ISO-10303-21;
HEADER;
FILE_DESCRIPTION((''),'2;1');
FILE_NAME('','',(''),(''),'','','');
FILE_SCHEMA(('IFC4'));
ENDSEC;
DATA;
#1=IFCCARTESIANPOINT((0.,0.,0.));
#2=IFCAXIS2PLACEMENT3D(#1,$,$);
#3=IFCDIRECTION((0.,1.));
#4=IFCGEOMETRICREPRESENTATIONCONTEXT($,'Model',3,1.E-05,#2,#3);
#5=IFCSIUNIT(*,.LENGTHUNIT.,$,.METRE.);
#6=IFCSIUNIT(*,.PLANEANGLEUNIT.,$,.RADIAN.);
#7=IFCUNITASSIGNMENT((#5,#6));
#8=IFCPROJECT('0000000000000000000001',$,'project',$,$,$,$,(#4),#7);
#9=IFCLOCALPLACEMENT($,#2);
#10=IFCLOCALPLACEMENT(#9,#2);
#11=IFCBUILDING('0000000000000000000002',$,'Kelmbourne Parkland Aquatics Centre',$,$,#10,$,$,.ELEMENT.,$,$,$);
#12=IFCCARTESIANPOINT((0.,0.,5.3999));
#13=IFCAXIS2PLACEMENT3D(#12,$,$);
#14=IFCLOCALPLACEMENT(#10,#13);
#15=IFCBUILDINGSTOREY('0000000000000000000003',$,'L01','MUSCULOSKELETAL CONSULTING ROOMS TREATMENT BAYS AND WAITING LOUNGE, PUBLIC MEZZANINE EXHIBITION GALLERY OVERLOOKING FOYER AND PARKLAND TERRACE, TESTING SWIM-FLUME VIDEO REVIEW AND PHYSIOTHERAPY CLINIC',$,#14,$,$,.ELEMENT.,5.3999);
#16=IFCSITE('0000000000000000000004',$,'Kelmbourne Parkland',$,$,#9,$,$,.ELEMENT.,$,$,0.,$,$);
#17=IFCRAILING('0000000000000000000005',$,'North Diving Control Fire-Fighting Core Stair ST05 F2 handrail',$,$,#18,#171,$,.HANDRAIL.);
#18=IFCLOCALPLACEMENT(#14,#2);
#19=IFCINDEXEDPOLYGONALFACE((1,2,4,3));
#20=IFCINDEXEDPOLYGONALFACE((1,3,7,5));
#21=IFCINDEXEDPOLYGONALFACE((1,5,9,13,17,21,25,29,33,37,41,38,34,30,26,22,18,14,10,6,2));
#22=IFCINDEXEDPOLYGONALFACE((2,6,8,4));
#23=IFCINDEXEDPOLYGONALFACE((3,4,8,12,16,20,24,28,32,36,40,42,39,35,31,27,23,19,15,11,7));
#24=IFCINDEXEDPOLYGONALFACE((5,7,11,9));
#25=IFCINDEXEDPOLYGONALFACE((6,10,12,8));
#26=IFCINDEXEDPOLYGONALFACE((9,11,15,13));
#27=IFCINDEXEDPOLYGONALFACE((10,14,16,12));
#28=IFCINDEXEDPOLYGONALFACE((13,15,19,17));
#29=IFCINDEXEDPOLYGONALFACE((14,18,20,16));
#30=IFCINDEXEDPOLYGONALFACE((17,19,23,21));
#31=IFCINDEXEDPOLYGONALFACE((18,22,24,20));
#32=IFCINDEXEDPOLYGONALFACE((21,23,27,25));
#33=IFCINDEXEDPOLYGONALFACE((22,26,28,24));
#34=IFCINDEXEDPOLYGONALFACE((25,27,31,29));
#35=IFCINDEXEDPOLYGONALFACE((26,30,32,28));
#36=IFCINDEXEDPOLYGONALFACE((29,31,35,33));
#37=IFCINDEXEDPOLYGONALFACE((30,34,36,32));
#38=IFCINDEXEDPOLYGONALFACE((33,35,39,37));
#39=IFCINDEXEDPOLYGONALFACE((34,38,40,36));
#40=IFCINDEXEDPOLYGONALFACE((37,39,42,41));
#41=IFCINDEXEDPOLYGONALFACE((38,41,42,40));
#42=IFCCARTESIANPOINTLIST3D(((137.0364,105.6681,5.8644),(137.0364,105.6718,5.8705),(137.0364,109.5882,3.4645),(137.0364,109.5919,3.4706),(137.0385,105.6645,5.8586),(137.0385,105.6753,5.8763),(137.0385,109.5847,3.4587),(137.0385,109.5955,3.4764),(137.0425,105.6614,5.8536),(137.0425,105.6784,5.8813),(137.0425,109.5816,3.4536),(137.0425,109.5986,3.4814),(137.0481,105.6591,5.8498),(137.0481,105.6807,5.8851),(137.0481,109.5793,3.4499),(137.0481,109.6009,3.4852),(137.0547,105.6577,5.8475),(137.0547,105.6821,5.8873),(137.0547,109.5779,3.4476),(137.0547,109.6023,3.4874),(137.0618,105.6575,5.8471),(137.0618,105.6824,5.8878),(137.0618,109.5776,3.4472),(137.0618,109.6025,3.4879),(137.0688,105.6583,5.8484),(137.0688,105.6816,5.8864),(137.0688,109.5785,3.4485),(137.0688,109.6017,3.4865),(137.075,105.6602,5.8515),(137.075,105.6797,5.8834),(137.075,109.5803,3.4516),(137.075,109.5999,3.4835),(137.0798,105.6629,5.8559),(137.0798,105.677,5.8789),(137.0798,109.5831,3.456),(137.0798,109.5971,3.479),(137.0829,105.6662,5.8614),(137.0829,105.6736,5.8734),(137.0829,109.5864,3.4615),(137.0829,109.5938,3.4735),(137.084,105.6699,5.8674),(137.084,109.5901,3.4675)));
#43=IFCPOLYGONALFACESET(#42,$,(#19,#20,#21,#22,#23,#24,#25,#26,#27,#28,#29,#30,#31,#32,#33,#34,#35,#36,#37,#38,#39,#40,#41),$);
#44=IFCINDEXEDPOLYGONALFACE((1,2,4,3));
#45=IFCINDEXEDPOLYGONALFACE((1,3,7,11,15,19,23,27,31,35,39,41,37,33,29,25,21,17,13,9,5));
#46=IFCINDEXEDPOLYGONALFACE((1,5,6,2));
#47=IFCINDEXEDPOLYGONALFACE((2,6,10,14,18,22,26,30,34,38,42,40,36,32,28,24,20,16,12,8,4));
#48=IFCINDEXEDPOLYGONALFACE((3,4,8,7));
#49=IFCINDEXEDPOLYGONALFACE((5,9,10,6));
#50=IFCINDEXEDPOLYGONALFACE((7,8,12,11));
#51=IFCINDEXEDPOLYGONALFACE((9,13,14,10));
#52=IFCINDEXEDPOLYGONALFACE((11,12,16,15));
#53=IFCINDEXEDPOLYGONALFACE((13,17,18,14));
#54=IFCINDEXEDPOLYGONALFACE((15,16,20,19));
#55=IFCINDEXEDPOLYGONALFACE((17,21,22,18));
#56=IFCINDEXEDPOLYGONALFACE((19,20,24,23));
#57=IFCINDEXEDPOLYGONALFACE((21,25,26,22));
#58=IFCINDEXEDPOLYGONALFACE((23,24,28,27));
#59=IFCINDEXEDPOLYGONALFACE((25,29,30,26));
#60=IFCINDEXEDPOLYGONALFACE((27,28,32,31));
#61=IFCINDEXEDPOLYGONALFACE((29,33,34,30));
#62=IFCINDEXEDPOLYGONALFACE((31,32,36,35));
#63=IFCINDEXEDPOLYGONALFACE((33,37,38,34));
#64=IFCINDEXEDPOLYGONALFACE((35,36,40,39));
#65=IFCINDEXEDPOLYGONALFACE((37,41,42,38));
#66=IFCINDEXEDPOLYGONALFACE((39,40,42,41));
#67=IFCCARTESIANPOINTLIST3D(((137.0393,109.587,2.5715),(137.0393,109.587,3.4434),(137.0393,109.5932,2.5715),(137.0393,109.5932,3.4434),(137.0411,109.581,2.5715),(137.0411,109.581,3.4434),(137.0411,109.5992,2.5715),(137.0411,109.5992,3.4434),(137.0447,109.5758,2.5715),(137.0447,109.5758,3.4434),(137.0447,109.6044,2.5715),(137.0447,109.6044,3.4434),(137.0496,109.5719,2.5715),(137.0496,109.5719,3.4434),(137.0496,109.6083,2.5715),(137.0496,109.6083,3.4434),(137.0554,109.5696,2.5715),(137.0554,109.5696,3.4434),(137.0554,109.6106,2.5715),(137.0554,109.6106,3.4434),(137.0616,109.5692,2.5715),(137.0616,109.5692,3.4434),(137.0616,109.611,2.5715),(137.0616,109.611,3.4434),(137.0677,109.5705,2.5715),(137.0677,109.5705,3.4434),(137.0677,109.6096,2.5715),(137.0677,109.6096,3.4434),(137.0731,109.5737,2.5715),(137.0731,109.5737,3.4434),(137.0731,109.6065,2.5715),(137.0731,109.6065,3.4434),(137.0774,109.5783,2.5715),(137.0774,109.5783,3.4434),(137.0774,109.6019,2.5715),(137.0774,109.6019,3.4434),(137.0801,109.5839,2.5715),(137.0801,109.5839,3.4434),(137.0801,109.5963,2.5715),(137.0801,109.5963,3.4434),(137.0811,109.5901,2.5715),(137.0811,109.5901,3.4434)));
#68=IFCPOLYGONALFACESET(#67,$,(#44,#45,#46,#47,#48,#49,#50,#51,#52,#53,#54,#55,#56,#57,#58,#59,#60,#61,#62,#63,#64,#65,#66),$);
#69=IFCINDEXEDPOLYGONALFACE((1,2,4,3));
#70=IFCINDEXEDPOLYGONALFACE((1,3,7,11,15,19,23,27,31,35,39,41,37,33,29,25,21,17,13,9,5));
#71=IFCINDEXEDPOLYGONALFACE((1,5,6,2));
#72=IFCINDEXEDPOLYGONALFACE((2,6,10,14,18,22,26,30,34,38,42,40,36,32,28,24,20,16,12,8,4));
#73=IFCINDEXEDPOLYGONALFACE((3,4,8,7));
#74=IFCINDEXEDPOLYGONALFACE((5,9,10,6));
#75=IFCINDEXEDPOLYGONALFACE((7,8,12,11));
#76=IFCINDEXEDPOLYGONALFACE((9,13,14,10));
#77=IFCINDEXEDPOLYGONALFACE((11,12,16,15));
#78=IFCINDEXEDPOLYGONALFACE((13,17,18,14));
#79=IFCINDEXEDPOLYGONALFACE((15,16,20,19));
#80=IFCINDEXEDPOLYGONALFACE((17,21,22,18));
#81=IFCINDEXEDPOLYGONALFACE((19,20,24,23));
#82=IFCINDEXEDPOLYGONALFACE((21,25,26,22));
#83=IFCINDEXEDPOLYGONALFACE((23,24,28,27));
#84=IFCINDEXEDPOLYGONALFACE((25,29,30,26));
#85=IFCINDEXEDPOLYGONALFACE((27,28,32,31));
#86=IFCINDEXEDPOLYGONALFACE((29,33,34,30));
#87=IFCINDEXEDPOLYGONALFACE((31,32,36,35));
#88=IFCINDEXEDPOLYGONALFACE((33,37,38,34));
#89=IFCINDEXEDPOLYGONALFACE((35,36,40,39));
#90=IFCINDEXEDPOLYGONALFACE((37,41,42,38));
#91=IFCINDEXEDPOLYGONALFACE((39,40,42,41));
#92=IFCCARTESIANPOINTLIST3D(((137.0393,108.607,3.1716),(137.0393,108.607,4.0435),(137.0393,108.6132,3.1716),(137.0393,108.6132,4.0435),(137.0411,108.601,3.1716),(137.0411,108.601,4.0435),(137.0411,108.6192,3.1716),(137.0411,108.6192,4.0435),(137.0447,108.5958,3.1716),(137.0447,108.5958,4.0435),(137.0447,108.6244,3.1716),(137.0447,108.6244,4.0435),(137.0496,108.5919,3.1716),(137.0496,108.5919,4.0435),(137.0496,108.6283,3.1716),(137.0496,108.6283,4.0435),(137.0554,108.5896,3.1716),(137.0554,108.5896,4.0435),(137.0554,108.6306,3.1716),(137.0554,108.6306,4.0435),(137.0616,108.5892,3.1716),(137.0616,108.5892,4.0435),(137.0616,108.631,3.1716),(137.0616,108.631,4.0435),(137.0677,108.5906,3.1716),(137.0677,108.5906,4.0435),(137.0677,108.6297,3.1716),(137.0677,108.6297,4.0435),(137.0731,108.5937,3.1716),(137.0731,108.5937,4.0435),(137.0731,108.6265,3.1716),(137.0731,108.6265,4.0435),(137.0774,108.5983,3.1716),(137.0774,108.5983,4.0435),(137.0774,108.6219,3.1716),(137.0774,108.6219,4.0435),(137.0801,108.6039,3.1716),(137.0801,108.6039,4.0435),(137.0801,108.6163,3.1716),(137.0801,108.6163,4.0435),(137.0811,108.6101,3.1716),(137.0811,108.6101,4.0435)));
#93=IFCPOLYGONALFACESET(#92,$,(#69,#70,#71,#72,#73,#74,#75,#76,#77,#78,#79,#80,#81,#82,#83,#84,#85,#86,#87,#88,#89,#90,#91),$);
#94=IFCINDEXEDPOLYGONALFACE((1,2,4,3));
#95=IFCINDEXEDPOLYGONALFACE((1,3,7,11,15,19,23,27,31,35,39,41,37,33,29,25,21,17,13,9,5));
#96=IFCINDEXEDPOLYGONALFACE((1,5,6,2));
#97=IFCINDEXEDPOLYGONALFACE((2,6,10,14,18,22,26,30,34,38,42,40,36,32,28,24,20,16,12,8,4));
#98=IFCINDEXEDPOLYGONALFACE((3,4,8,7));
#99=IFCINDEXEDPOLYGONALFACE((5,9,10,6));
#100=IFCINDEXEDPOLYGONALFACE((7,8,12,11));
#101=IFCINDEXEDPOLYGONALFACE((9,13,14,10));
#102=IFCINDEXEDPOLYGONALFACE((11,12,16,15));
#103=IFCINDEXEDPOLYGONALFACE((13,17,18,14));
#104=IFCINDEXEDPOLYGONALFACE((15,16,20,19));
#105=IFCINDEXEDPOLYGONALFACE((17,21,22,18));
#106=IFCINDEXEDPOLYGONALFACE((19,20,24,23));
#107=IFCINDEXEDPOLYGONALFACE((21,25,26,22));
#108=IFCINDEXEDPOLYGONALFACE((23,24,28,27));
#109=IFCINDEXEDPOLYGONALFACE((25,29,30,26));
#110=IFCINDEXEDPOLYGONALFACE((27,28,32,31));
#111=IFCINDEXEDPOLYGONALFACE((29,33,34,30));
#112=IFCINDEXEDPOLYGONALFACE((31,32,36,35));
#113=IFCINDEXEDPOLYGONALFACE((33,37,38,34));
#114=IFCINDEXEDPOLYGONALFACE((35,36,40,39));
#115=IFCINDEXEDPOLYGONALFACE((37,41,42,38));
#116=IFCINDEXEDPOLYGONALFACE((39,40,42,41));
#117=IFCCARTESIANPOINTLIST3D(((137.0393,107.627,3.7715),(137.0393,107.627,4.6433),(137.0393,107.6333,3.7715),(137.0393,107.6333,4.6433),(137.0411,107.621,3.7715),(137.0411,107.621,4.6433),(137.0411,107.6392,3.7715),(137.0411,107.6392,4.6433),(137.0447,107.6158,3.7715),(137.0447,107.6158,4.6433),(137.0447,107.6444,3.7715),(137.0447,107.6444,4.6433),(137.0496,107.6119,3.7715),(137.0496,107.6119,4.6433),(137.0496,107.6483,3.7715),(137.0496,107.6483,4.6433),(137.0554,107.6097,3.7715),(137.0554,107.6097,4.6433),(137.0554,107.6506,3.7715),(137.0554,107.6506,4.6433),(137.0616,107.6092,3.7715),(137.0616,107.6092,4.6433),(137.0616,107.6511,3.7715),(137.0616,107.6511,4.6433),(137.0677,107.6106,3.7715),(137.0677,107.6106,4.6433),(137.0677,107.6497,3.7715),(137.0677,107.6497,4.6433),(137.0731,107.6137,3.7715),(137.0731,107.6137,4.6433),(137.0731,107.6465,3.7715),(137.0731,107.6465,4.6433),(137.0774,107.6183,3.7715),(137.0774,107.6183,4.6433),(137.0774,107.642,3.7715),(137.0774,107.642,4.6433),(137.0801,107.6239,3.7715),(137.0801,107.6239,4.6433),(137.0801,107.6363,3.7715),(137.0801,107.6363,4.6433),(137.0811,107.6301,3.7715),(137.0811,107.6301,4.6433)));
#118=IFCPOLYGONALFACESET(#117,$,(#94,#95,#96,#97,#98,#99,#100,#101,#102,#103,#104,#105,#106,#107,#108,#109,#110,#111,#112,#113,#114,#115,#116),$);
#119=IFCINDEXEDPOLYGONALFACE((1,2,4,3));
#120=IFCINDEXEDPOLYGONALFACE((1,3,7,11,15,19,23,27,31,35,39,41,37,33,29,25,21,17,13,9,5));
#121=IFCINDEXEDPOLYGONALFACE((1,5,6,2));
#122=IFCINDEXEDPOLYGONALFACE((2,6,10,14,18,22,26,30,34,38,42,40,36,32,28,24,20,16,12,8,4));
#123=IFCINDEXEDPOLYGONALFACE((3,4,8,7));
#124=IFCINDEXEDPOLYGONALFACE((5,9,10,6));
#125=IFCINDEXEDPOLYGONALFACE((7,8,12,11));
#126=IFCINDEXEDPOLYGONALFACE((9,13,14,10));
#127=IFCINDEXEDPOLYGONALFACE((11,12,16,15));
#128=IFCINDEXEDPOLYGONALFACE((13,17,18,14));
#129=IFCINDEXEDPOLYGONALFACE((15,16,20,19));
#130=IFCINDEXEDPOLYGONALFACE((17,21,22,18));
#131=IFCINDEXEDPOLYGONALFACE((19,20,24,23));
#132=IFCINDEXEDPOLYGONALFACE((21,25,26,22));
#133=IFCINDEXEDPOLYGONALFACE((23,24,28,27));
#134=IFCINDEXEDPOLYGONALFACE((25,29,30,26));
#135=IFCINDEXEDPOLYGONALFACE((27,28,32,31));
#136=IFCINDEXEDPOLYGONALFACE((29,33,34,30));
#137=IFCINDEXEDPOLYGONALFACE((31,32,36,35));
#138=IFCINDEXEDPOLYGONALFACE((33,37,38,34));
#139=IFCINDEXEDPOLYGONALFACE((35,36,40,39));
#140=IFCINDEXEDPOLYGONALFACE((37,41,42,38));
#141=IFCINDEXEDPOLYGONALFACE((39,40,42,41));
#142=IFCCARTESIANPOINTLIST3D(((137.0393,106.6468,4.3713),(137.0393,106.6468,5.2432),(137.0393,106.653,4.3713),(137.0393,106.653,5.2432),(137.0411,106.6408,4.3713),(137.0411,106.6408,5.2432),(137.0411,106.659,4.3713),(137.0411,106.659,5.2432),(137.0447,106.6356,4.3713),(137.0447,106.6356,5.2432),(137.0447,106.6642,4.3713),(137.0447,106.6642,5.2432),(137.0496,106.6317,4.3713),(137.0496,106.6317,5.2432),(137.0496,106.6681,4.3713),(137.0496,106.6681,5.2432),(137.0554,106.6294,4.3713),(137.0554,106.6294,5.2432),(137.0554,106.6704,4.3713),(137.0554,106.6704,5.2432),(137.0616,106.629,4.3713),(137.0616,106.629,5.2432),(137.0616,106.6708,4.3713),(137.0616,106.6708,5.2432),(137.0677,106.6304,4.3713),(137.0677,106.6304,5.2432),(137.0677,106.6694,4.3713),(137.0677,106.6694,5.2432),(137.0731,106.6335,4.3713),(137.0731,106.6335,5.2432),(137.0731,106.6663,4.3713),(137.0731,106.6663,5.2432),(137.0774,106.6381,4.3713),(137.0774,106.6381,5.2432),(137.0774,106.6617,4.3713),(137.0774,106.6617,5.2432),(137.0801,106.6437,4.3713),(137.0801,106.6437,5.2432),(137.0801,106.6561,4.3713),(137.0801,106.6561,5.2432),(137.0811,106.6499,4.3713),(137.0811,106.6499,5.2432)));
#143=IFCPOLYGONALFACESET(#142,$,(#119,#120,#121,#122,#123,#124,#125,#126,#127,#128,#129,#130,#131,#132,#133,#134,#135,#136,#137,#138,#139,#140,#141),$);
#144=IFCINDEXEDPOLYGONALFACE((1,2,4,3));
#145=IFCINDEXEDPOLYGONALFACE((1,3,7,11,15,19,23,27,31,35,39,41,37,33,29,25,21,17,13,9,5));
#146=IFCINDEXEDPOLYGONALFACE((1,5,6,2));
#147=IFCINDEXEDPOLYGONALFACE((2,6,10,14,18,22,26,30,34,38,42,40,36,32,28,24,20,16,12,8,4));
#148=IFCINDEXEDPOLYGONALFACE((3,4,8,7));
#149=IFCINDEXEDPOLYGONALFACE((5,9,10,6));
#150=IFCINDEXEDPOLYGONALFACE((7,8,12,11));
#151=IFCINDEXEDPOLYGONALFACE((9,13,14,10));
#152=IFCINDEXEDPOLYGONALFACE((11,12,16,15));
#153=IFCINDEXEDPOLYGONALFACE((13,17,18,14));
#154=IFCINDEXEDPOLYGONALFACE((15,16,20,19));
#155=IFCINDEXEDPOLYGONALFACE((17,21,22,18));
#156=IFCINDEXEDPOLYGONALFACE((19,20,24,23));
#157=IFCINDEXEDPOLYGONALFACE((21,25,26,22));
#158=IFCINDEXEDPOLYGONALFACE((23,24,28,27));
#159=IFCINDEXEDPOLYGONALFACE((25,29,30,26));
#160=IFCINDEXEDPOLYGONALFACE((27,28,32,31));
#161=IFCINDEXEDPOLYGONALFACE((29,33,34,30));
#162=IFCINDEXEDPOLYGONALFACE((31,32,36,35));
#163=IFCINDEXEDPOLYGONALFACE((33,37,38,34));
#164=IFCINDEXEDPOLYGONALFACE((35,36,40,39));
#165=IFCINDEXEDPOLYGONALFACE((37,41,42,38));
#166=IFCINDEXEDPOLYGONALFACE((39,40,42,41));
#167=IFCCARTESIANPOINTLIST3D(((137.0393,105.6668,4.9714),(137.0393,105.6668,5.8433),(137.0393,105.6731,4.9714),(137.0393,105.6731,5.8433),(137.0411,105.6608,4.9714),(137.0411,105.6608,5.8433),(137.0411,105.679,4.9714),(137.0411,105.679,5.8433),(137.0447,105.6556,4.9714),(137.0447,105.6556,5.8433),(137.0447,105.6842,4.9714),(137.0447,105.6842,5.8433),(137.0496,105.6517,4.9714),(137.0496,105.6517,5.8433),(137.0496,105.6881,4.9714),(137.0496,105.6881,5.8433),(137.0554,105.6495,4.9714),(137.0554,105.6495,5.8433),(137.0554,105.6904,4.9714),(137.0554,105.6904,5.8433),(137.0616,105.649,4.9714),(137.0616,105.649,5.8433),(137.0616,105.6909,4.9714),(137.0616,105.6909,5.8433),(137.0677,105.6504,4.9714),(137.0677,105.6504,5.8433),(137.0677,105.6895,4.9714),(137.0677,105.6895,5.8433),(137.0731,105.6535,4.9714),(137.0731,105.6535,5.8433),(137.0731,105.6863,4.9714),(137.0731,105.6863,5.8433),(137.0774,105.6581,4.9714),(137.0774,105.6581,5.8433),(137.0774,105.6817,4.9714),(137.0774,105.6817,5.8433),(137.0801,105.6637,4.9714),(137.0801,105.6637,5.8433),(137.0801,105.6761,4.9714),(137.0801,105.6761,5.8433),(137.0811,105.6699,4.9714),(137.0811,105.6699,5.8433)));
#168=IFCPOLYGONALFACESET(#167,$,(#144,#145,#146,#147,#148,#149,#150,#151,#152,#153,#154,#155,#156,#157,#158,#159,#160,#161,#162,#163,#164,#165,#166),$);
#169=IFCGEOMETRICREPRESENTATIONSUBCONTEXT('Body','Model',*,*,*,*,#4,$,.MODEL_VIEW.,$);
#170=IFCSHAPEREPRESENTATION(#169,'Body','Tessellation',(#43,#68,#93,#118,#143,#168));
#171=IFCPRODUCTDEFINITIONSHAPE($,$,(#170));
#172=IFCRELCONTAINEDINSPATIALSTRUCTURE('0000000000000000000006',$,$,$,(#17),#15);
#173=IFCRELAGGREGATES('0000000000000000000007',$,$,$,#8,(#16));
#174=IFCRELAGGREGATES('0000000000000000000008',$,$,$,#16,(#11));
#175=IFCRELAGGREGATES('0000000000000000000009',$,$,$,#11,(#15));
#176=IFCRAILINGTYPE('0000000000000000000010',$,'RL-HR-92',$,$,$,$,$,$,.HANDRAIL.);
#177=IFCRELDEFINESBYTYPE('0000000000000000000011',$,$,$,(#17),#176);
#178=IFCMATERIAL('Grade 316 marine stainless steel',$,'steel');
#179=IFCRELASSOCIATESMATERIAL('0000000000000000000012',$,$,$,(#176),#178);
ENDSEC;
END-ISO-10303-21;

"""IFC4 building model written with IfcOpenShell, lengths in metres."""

from ifc_helpers import new_model, si_unit, direction, frame, origin, origin_2d, place, context, subcontext, project, spatial, circle, extrude, material, type_object, element, save


model = new_model("IFC4")

# Units and contexts
model_context = context("Model", 3, precision=1e-05, world=origin(), true_north=direction((0.0, 1.0)))
body_context = subcontext(model_context, "Body", "Model", "MODEL_VIEW")
ifc_project = project(units=[si_unit("LENGTHUNIT", "METRE"), si_unit("PLANEANGLEUNIT", "RADIAN")], contexts=[model_context])

# Site, building, storey
site_placement = place(None, origin())
site = spatial("IfcSite", under=ifc_project, at=site_placement, Name="Kelmbourne Parkland", CompositionType="ELEMENT", RefElevation=0.0)
building_placement = place(site_placement, origin())
building = spatial("IfcBuilding", under=site, at=building_placement, Name="Kelmbourne Parkland Aquatics Centre", CompositionType="ELEMENT")
storey_placement = place(building_placement, frame((0.0, 0.0, 5.3999)))
storey = spatial("IfcBuildingStorey", under=building, at=storey_placement, Name="L01", Description="MUSCULOSKELETAL CONSULTING ROOMS TREATMENT BAYS AND WAITING LOUNGE, PUBLIC MEZZANINE EXHIBITION GALLERY OVERLOOKING FOYER AND PARKLAND TERRACE, TESTING SWIM-FLUME VIDEO REVIEW AND PHYSIOTHERAPY CLINIC", CompositionType="ELEMENT", Elevation=5.3999)

# Railing
ifc_material_1 = material(Name="Grade 316 marine stainless steel", Category="steel")
railing_type_1 = type_object("IfcRailingType", Name="RL-HR-92", PredefinedType="HANDRAIL", material=ifc_material_1)
railing_1_placement = place(storey_placement, frame((137.0601, 109.5901, 2.5715)))
element("IfcRailing", 1, at=railing_1_placement, inside=storey, type_object=railing_type_1, Name="North Diving Control Fire-Fighting Core Stair ST05 F2 handrail", PredefinedType="HANDRAIL", context=body_context, shape_type="SweptSolid", body=[
    extrude(circle(Radius=0.0239, at=origin_2d()), frame((0.0, 0.0, 0.896), z_axis=(0.0, -0.852871, 0.522122), x_axis=(1.0, 0.0, 0.0)), (0.0, 0.0, 1.0), 4.5964),
    extrude(circle(Radius=0.021, at=origin_2d()), origin(), (0.0, 0.0, 1.0), 0.8718),
    extrude(circle(Radius=0.021, at=origin_2d()), frame((0.0, -0.98, 0.6001)), (0.0, 0.0, 1.0), 0.8718),
    extrude(circle(Radius=0.021, at=origin_2d()), frame((0.0, -1.96, 1.2)), (0.0, 0.0, 1.0), 0.8718),
    extrude(circle(Radius=0.021, at=origin_2d()), frame((0.0, -2.9402, 1.7998)), (0.0, 0.0, 1.0), 0.8718),
    extrude(circle(Radius=0.021, at=origin_2d()), frame((0.0, -3.9202, 2.3999)), (0.0, 0.0, 1.0), 0.8718),
])

save(model, "model.ifc")
